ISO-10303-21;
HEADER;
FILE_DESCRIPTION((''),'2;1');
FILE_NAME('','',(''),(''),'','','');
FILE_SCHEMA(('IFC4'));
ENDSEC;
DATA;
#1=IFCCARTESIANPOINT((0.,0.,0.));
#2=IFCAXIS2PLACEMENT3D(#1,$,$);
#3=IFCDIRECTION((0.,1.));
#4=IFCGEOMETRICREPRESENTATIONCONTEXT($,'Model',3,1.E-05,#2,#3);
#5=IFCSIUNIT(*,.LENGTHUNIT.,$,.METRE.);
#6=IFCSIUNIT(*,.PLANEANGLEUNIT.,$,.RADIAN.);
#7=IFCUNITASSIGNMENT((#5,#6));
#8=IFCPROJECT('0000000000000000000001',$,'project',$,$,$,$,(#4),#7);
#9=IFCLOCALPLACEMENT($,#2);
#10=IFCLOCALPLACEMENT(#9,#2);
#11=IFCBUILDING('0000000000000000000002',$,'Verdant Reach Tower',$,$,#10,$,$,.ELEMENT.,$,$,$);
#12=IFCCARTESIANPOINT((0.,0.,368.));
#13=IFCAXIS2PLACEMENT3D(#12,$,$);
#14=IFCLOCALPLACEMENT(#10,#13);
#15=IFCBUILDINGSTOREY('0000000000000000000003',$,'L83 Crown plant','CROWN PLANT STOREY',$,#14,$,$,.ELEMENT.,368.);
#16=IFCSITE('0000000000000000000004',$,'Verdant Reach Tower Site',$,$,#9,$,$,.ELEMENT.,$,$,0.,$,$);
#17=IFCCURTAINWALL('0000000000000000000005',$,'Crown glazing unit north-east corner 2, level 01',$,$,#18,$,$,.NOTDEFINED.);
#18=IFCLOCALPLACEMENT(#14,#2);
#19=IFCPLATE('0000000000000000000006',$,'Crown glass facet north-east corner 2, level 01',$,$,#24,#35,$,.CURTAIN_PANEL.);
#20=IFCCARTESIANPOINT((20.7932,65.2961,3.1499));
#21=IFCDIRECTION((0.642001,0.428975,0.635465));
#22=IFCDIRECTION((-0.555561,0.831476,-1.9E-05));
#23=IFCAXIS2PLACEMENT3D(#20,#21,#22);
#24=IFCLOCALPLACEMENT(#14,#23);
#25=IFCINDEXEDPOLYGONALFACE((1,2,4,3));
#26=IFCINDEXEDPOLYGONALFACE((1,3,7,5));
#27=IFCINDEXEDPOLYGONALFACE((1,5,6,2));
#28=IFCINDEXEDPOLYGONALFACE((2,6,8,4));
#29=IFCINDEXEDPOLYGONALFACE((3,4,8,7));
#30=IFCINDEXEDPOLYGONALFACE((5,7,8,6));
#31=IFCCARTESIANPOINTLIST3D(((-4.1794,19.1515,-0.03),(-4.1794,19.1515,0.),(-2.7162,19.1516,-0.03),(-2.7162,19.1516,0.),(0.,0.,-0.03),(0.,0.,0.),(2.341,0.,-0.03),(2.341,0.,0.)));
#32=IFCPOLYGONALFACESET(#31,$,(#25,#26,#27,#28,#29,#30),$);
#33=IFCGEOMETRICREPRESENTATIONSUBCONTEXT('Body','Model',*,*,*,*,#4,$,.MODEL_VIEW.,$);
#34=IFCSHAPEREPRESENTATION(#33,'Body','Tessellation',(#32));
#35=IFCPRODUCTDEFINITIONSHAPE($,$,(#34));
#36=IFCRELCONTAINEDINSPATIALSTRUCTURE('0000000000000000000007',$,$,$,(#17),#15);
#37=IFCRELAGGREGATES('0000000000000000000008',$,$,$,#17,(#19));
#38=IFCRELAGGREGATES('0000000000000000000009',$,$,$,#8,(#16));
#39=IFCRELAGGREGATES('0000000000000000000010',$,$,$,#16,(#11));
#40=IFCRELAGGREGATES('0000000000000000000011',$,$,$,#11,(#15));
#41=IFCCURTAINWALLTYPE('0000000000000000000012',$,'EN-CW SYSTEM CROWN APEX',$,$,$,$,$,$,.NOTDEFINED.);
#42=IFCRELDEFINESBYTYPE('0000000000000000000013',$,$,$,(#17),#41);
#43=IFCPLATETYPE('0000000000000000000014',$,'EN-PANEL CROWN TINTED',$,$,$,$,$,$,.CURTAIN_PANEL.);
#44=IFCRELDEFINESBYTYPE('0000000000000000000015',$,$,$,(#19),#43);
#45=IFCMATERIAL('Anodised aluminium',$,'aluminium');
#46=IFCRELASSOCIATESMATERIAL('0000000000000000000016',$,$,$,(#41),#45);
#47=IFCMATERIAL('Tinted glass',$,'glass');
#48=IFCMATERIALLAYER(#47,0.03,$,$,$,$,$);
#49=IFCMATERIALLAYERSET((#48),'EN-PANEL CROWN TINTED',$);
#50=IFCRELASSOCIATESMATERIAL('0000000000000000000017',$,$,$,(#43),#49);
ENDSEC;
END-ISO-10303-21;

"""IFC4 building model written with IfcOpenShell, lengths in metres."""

from ifc_helpers import new_model, si_unit, direction, frame, origin, place, context, subcontext, project, spatial, polyline, outline, extrude, material, layer, layer_set, type_object, element, aggregate, save


model = new_model("IFC4")

# Units and contexts
model_context = context("Model", 3, precision=1e-05, world=origin(), true_north=direction((0.0, 1.0)))
body_context = subcontext(model_context, "Body", "Model", "MODEL_VIEW")
ifc_project = project(units=[si_unit("LENGTHUNIT", "METRE"), si_unit("PLANEANGLEUNIT", "RADIAN")], contexts=[model_context])

# Site, building, storey
site_placement = place(None, origin())
site = spatial("IfcSite", under=ifc_project, at=site_placement, Name="Verdant Reach Tower Site", CompositionType="ELEMENT", RefElevation=0.0)
building_placement = place(site_placement, origin())
building = spatial("IfcBuilding", under=site, at=building_placement, Name="Verdant Reach Tower", CompositionType="ELEMENT")
storey_placement = place(building_placement, frame((0.0, 0.0, 368.0)))
storey = spatial("IfcBuildingStorey", under=building, at=storey_placement, Name="L83 Crown plant", Description="CROWN PLANT STOREY", CompositionType="ELEMENT", Elevation=368.0)

# Curtain wall
ifc_material_1 = material(Name="Anodised aluminium", Category="aluminium")
curtain_wall_type = type_object("IfcCurtainWallType", Name="EN-CW SYSTEM CROWN APEX", PredefinedType="NOTDEFINED", material=ifc_material_1)
curtain_wall_1_placement = place(storey_placement, origin())
curtain_wall_1 = element("IfcCurtainWall", 1, at=curtain_wall_1_placement, inside=storey, type_object=curtain_wall_type, Name="Crown glazing unit north-east corner 2, level 01", PredefinedType="NOTDEFINED")

# Shared definitions
ifc_material_2 = material(Name="Tinted glass", Category="glass")
ifc_layer_1 = layer(ifc_material_2, 0.03)
ifc_layer_set_1 = layer_set([ifc_layer_1], Name="EN-PANEL CROWN TINTED")
plate_type = type_object("IfcPlateType", Name="EN-PANEL CROWN TINTED", PredefinedType="CURTAIN_PANEL", material=ifc_layer_set_1)

# Plate
plate_1_placement = place(storey_placement, frame((20.7932, 65.2961, 3.1499), z_axis=(0.642001, 0.428975, 0.635465), x_axis=(-0.555561, 0.831476, -0.000019)))
plate_1 = element("IfcPlate", 2, at=plate_1_placement, type_object=plate_type, Name="Crown glass facet north-east corner 2, level 01", PredefinedType="CURTAIN_PANEL", context=body_context, shape_type="SweptSolid", body=[
    extrude(outline(polyline([(0.0, 0.0), (2.341, 0.0), (-2.7162, 19.1516), (-4.1794, 19.1515), (0.0, 0.0)])), origin(), (0.0, 0.0, -1.0), 0.03),
])
aggregate(curtain_wall_1, [plate_1])

save(model, "model.ifc")
